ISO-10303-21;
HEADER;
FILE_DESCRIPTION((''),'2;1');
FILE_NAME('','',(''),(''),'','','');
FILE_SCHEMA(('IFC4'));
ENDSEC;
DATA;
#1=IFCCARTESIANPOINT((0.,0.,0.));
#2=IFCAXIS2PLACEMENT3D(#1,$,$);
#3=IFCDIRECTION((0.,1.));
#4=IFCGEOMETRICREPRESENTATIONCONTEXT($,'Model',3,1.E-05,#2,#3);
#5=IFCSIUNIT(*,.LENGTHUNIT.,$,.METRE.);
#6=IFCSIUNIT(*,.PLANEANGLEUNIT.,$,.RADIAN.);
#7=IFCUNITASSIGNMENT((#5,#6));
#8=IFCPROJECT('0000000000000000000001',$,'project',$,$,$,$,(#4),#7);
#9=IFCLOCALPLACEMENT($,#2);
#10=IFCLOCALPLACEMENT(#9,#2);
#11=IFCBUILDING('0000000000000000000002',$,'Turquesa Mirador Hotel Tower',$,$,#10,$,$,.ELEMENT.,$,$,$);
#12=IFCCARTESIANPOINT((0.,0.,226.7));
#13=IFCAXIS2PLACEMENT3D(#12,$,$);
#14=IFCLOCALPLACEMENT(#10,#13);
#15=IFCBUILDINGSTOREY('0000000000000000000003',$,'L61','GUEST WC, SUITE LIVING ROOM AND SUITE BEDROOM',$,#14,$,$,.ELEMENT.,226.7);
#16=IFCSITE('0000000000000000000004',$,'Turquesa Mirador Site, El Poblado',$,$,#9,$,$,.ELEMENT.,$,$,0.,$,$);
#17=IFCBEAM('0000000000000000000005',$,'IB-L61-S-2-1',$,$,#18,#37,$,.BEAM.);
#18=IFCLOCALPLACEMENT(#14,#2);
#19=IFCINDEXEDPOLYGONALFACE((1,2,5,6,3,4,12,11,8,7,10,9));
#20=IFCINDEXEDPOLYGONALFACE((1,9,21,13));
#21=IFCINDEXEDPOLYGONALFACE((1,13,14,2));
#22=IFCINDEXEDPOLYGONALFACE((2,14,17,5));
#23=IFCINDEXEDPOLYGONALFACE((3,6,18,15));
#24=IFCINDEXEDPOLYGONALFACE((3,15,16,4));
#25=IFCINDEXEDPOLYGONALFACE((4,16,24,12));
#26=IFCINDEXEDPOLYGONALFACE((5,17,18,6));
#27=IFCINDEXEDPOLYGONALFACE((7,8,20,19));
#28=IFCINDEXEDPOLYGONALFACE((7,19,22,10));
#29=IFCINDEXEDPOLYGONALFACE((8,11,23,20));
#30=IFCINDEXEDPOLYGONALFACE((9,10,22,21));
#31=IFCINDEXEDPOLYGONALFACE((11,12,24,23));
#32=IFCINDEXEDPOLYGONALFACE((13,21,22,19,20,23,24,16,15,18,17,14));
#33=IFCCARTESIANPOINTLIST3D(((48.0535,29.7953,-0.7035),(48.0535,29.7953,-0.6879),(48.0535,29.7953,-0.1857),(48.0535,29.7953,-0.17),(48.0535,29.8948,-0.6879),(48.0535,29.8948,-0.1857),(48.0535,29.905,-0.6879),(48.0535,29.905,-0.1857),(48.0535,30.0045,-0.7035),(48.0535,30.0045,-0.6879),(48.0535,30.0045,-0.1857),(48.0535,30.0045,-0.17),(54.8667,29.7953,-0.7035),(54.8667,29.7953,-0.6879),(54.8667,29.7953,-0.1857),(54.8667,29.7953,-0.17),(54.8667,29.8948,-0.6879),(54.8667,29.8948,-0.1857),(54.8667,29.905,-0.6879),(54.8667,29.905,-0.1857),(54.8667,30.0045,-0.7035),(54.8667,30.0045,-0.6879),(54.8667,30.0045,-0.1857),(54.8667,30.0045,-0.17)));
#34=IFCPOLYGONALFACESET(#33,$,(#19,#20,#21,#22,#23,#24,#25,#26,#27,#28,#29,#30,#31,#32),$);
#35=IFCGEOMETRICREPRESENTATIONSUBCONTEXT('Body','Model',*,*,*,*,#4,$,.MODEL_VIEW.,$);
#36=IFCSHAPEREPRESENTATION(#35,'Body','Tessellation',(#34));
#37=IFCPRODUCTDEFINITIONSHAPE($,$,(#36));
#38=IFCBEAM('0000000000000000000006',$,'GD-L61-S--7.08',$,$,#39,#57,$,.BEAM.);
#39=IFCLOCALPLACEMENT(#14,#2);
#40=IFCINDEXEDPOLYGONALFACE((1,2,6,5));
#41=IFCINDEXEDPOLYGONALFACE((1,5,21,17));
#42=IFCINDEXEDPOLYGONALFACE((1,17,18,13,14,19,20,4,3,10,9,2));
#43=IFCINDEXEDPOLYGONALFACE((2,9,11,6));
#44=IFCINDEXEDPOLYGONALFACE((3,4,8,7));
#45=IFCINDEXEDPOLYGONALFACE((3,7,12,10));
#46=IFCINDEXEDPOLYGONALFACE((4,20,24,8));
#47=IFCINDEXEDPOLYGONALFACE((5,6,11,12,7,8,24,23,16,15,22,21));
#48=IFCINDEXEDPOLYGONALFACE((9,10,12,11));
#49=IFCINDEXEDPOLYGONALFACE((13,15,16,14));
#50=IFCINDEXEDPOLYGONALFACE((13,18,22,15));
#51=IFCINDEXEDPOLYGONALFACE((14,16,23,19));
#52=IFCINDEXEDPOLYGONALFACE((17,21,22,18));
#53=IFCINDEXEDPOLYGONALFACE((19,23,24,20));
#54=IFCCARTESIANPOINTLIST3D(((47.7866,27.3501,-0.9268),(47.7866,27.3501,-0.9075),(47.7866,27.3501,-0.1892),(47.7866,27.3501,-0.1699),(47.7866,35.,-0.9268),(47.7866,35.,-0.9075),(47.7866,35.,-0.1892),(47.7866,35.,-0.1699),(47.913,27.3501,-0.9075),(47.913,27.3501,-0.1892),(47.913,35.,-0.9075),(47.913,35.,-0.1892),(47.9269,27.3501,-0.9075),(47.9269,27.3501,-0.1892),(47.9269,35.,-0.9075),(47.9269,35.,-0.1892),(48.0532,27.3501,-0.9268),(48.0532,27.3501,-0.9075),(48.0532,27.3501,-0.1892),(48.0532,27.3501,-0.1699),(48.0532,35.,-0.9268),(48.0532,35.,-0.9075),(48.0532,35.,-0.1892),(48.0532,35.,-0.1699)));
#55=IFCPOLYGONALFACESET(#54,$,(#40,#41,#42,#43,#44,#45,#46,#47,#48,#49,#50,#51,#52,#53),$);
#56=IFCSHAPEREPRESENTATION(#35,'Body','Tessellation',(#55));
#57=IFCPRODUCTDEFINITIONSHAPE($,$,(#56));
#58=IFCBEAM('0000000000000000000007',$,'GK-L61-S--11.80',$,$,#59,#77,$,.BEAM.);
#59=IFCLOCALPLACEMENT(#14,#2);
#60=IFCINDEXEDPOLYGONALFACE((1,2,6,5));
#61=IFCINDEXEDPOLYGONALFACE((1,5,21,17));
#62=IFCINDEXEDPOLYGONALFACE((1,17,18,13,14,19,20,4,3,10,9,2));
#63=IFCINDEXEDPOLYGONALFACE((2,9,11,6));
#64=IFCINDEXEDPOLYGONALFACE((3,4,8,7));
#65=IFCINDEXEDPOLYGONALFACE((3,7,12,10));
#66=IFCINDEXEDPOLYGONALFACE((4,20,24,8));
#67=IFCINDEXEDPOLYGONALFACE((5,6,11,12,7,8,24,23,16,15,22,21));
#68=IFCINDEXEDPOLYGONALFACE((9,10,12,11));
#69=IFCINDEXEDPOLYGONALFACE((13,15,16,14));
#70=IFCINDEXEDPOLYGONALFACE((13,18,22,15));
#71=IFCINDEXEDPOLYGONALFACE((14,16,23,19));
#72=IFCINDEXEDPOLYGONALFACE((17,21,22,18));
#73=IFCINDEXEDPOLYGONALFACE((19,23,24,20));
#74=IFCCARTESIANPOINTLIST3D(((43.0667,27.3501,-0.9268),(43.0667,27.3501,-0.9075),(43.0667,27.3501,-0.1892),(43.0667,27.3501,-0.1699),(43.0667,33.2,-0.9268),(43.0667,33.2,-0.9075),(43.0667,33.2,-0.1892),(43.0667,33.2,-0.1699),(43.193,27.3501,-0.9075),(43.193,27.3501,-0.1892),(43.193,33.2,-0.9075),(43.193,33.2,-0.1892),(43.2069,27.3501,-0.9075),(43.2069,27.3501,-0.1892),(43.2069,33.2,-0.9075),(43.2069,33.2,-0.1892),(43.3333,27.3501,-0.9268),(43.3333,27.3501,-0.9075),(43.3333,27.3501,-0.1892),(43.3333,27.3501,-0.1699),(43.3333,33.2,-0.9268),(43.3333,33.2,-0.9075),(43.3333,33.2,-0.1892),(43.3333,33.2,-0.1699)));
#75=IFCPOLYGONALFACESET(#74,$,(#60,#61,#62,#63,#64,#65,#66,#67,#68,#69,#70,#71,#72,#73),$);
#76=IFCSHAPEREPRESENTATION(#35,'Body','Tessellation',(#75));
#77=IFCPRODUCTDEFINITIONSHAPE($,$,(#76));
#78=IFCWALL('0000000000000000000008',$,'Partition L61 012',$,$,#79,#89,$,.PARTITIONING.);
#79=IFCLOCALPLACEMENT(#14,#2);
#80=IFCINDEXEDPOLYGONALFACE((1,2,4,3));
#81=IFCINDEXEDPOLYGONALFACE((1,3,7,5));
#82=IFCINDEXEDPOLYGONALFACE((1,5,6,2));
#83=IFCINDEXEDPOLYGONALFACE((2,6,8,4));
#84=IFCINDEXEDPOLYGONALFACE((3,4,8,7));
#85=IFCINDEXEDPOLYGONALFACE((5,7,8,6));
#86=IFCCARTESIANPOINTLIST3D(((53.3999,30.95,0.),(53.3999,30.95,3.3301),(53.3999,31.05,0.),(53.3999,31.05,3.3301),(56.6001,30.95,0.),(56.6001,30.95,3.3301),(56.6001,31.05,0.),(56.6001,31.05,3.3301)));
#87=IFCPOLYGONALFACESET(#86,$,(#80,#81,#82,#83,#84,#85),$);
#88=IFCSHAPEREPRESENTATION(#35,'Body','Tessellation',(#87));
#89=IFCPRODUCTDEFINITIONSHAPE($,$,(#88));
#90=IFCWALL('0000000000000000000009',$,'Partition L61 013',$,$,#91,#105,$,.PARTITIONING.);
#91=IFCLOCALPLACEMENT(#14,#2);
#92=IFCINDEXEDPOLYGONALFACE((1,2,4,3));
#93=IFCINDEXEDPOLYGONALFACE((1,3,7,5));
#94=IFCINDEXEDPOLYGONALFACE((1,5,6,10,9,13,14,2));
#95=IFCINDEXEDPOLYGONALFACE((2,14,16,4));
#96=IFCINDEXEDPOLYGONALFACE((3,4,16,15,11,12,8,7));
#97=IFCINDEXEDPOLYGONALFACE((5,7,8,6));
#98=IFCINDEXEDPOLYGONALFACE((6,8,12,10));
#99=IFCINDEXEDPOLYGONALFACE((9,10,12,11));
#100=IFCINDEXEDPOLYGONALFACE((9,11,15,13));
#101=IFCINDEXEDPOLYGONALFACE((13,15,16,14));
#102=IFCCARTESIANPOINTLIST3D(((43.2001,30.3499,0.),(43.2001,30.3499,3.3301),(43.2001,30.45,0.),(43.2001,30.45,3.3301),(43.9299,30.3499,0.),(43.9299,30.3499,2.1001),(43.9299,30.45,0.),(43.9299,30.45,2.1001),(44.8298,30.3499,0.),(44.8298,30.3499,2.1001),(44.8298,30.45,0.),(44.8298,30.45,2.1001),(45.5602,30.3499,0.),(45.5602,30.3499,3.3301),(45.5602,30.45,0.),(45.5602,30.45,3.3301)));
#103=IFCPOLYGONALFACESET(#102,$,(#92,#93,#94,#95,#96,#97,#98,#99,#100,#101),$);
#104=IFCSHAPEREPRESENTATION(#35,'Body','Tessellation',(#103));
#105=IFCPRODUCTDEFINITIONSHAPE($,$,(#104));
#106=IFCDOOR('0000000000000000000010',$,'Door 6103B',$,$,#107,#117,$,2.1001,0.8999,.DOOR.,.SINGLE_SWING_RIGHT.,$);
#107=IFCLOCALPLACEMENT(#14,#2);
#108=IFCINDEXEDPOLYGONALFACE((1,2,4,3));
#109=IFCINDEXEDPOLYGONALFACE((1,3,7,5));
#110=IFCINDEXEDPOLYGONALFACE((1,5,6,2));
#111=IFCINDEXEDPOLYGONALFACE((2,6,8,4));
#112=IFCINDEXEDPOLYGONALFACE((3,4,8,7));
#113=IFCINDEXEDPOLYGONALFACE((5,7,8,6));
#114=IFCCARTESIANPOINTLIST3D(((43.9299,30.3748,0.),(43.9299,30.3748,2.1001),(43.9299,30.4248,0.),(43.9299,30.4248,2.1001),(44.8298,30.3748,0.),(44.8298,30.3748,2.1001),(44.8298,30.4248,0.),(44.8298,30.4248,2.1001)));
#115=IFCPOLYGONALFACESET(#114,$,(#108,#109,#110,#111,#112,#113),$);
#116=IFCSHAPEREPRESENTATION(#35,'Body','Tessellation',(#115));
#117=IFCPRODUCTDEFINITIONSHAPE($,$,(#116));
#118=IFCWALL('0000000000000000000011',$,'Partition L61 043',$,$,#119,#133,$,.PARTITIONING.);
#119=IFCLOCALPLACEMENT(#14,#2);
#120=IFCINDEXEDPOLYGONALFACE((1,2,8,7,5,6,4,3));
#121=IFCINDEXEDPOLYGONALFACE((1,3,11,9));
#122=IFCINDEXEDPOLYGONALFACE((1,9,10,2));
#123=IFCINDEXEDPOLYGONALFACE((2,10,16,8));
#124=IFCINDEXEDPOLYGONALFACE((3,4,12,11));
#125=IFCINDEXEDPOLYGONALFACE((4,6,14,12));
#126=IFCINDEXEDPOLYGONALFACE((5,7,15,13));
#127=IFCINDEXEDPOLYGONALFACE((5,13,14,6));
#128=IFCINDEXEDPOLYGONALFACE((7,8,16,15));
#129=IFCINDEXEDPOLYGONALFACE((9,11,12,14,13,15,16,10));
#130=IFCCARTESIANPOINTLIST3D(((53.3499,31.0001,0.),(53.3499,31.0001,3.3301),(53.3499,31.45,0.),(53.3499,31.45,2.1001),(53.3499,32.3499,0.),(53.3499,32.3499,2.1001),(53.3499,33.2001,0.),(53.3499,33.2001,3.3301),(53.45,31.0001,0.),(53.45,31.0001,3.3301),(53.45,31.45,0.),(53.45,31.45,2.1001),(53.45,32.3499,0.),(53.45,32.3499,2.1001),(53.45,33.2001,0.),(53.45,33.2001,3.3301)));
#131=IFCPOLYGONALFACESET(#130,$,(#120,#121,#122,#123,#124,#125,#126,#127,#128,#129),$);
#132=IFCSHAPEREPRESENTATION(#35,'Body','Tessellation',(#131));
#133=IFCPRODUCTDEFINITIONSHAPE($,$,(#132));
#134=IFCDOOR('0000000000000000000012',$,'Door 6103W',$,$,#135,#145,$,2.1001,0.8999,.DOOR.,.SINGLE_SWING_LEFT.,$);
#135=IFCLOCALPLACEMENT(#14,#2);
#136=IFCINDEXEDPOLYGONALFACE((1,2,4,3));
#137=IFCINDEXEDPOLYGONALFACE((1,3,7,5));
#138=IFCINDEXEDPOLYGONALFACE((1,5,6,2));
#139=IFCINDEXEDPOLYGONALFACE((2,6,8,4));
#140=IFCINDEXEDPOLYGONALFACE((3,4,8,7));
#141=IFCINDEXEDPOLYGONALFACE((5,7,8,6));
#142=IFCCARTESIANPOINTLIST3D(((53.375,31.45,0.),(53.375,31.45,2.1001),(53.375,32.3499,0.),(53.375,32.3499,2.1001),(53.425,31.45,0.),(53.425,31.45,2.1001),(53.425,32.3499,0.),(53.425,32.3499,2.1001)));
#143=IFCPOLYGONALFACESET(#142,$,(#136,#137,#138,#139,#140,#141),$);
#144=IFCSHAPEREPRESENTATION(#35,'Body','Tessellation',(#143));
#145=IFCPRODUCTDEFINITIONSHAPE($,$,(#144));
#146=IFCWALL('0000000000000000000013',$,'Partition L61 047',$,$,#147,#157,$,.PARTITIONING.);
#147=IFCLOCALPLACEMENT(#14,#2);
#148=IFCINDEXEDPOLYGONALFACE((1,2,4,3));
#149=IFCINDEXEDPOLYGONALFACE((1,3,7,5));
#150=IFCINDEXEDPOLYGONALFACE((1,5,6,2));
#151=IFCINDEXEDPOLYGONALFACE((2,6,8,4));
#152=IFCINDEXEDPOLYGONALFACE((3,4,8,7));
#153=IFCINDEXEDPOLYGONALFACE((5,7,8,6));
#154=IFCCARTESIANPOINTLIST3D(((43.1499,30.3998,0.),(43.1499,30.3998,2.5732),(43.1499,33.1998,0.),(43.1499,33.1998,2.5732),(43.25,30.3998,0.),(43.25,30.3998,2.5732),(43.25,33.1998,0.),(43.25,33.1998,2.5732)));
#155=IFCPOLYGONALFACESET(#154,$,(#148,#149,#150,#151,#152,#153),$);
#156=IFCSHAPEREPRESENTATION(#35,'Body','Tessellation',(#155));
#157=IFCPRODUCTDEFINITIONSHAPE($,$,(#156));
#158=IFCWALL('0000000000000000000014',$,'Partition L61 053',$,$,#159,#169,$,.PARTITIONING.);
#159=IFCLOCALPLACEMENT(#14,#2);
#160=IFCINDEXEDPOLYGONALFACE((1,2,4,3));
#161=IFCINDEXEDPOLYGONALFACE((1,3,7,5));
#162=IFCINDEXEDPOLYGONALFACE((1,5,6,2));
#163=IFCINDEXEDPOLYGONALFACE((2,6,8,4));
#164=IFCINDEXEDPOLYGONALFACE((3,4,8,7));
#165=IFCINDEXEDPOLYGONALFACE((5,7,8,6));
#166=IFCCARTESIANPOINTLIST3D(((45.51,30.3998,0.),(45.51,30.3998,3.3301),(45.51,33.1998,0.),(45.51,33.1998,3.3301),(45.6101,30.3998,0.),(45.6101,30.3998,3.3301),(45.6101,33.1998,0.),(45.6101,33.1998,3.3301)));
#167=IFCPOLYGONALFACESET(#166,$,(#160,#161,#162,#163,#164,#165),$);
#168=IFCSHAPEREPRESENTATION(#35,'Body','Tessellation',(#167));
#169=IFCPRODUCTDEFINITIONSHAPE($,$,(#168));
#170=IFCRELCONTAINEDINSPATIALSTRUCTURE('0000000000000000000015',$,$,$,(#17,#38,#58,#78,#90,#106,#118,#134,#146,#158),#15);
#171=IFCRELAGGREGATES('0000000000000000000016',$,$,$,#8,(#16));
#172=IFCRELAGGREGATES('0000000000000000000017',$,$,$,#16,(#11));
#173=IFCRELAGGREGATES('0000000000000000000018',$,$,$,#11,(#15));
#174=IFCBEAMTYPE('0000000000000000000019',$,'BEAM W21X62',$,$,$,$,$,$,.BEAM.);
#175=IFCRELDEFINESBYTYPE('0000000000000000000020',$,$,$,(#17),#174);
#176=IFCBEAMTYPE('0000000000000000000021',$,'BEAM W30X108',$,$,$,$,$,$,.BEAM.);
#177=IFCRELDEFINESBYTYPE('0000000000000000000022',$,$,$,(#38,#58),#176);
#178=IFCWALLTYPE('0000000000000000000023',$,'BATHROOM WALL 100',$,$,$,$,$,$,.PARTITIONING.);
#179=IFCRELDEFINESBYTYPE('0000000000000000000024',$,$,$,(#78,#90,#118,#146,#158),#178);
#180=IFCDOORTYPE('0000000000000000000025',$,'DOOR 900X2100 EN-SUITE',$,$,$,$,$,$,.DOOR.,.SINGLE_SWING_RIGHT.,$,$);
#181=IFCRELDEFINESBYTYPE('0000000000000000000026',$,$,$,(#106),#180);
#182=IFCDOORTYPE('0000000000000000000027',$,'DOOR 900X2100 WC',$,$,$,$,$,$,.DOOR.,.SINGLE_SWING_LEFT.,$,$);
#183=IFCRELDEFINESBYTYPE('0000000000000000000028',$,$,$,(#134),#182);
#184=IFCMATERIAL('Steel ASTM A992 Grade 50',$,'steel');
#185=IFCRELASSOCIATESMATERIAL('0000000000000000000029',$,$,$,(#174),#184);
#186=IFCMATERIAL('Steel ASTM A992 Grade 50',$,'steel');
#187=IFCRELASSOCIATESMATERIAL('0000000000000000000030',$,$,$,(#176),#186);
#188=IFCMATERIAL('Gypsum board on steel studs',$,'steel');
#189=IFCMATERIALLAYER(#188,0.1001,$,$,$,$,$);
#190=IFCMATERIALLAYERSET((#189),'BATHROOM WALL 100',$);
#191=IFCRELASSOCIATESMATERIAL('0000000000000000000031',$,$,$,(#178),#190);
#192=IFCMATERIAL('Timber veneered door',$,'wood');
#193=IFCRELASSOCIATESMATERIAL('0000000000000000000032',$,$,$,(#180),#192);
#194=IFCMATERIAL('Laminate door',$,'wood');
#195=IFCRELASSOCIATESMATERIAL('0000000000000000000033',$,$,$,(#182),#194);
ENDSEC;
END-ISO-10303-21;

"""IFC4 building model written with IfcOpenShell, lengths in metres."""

from ifc_helpers import new_model, si_unit, direction, frame, frame_2d, origin, origin_2d, place, context, subcontext, project, spatial, rectangle, i_section, extrude, material, layer, layer_set, material_profile, profile_set, type_object, element, fill, save


model = new_model("IFC4")

# Units and contexts
model_context = context("Model", 3, precision=1e-05, world=origin(), true_north=direction((0.0, 1.0)))
body_context = subcontext(model_context, "Body", "Model", "MODEL_VIEW")
ifc_project = project(units=[si_unit("LENGTHUNIT", "METRE"), si_unit("PLANEANGLEUNIT", "RADIAN")], contexts=[model_context])

# Site, building, storey
site_placement = place(None, origin())
site = spatial("IfcSite", under=ifc_project, at=site_placement, Name="Turquesa Mirador Site, El Poblado", CompositionType="ELEMENT", RefElevation=0.0)
building_placement = place(site_placement, origin())
building = spatial("IfcBuilding", under=site, at=building_placement, Name="Turquesa Mirador Hotel Tower", CompositionType="ELEMENT")
storey_placement = place(building_placement, frame((0.0, 0.0, 226.7)))
storey = spatial("IfcBuildingStorey", under=building, at=storey_placement, Name="L61", Description="GUEST WC, SUITE LIVING ROOM AND SUITE BEDROOM", CompositionType="ELEMENT", Elevation=226.7)

# Beams
ifc_material_1 = material(Name="Steel ASTM A992 Grade 50", Category="steel")
ifc_material_profile_1 = material_profile(ifc_material_1, i_section(OverallWidth=0.2092, OverallDepth=0.5334, WebThickness=0.0103, FlangeThickness=0.0156, at=origin_2d()), Name="W21X62")
ifc_profile_set_1 = profile_set([ifc_material_profile_1], Name="Steel ASTM A992 Grade 50")
beam_type_1 = type_object("IfcBeamType", Name="BEAM W21X62", PredefinedType="BEAM", material=ifc_profile_set_1)
beam_1_placement = place(storey_placement, frame((48.0535, 29.8999, -0.4368), z_axis=(1.0, 0.0, 0.0), x_axis=(0.0, 1.0, 0.0)))
element("IfcBeam", 1, at=beam_1_placement, inside=storey, type_object=beam_type_1, Name="IB-L61-S-2-1", PredefinedType="BEAM", context=body_context, shape_type="SweptSolid", body=[
    extrude(i_section(OverallWidth=0.2092, OverallDepth=0.5334, WebThickness=0.0103, FlangeThickness=0.0156, at=origin_2d()), origin(), (0.0, 0.0, 1.0), 6.8132),
])
ifc_material_2 = material(Name="Steel ASTM A992 Grade 50", Category="steel")
ifc_material_profile_2 = material_profile(ifc_material_2, i_section(OverallWidth=0.2666, OverallDepth=0.7568, WebThickness=0.0139, FlangeThickness=0.0193, at=origin_2d()), Name="W30X108")
ifc_profile_set_2 = profile_set([ifc_material_profile_2], Name="Steel ASTM A992 Grade 50")
beam_type_2 = type_object("IfcBeamType", Name="BEAM W30X108", PredefinedType="BEAM", material=ifc_profile_set_2)
beam_2_placement = place(storey_placement, frame((47.9199, 27.3501, -0.5483), z_axis=(0.0, 1.0, 0.0), x_axis=(-1.0, 0.0, 0.0)))
element("IfcBeam", 2, at=beam_2_placement, inside=storey, type_object=beam_type_2, Name="GD-L61-S--7.08", PredefinedType="BEAM", context=body_context, shape_type="SweptSolid", body=[
    extrude(i_section(OverallWidth=0.2666, OverallDepth=0.7568, WebThickness=0.0139, FlangeThickness=0.0193, at=origin_2d()), origin(), (0.0, 0.0, 1.0), 7.6499),
])
beam_3_placement = place(storey_placement, frame((43.2, 27.3501, -0.5483), z_axis=(0.0, 1.0, 0.0), x_axis=(-1.0, 0.0, 0.0)))
element("IfcBeam", 3, at=beam_3_placement, inside=storey, type_object=beam_type_2, Name="GK-L61-S--11.80", PredefinedType="BEAM", context=body_context, shape_type="SweptSolid", body=[
    extrude(i_section(OverallWidth=0.2666, OverallDepth=0.7568, WebThickness=0.0139, FlangeThickness=0.0193, at=origin_2d()), origin(), (0.0, 0.0, 1.0), 5.8499),
])

# Wall
ifc_material_3 = material(Name="Gypsum board on steel studs", Category="steel")
ifc_layer = layer(ifc_material_3, 0.1001)
ifc_layer_set = layer_set([ifc_layer], Name="BATHROOM WALL 100")
wall_type = type_object("IfcWallType", Name="BATHROOM WALL 100", PredefinedType="PARTITIONING", material=ifc_layer_set)
wall_1_placement = place(storey_placement, frame((53.3999, 31.0, 0.0), z_axis=(0.0, 0.0, 1.0), x_axis=(1.0, 0.0, 0.0)))
element("IfcWall", 4, at=wall_1_placement, inside=storey, type_object=wall_type, Name="Partition L61 012", PredefinedType="PARTITIONING", context=body_context, shape_type="SweptSolid", body=[
    extrude(rectangle(XDim=3.2002, YDim=0.1001, at=frame_2d((1.6001, 0.0))), origin(), (0.0, 0.0, 1.0), 3.3301),
])

# Walls, openings, doors
wall_2_placement = place(storey_placement, frame((43.2, 30.3999, 0.0), z_axis=(0.0, 0.0, 1.0), x_axis=(1.0, 0.0, 0.0)))
wall_2 = element("IfcWall", 5, at=wall_2_placement, inside=storey, type_object=wall_type, Name="Partition L61 013", PredefinedType="PARTITIONING", context=body_context, shape_type="SweptSolid", body=[
    extrude(rectangle(XDim=2.3601, YDim=0.1001, at=frame_2d((1.1802, 0.0))), origin(), (0.0, 0.0, 1.0), 3.3301),
])
opening_1_placement = place(wall_2_placement, frame((0.73, 0.0, 0.0)))
opening_1 = element("IfcOpeningElement", 6, at=opening_1_placement, cuts=wall_2, PredefinedType="OPENING", context=body_context, shape_type="SweptSolid", body=[
    extrude(rectangle(XDim=0.8999, YDim=2.1001, at=frame_2d((0.45, 1.05))), frame((0.0, 0.0601, 0.0), z_axis=(0.0, -1.0, 0.0), x_axis=(1.0, 0.0, 0.0)), (0.0, 0.0, 1.0), 0.1201),
])
ifc_material_4 = material(Name="Timber veneered door", Category="wood")
door_type_1 = type_object("IfcDoorType", Name="DOOR 900X2100 EN-SUITE", OperationType="SINGLE_SWING_RIGHT", PredefinedType="DOOR", material=ifc_material_4)
door_1_placement = place(opening_1_placement, origin())
door_1 = element("IfcDoor", 7, at=door_1_placement, inside=storey, type_object=door_type_1, Name="Door 6103B", OperationType="SINGLE_SWING_RIGHT", OverallHeight=2.1001, OverallWidth=0.8999, PredefinedType="DOOR", context=body_context, shape_type="SweptSolid", body=[
    extrude(rectangle(XDim=0.8999, YDim=2.1001, at=frame_2d((0.45, 1.05))), frame((0.0, 0.0249, 0.0), z_axis=(0.0, -1.0, 0.0), x_axis=(1.0, 0.0, 0.0)), (0.0, 0.0, 1.0), 0.05),
])
fill(opening_1, door_1)
wall_3_placement = place(storey_placement, frame((53.3999, 31.0, 0.0), z_axis=(0.0, 0.0, 1.0), x_axis=(0.0, 1.0, 0.0)))
wall_3 = element("IfcWall", 8, at=wall_3_placement, inside=storey, type_object=wall_type, Name="Partition L61 043", PredefinedType="PARTITIONING", context=body_context, shape_type="SweptSolid", body=[
    extrude(rectangle(XDim=2.2, YDim=0.1001, at=frame_2d((1.1001, 0.0))), origin(), (0.0, 0.0, 1.0), 3.3301),
])
opening_2_placement = place(wall_3_placement, frame((0.45, 0.0, 0.0)))
opening_2 = element("IfcOpeningElement", 9, at=opening_2_placement, cuts=wall_3, PredefinedType="OPENING", context=body_context, shape_type="SweptSolid", body=[
    extrude(rectangle(XDim=0.8999, YDim=2.1001, at=frame_2d((0.45, 1.05))), frame((0.0, 0.0601, 0.0), z_axis=(0.0, -1.0, 0.0), x_axis=(1.0, 0.0, 0.0)), (0.0, 0.0, 1.0), 0.1201),
])
ifc_material_5 = material(Name="Laminate door", Category="wood")
door_type_2 = type_object("IfcDoorType", Name="DOOR 900X2100 WC", OperationType="SINGLE_SWING_LEFT", PredefinedType="DOOR", material=ifc_material_5)
door_2_placement = place(opening_2_placement, origin())
door_2 = element("IfcDoor", 10, at=door_2_placement, inside=storey, type_object=door_type_2, Name="Door 6103W", OperationType="SINGLE_SWING_LEFT", OverallHeight=2.1001, OverallWidth=0.8999, PredefinedType="DOOR", context=body_context, shape_type="SweptSolid", body=[
    extrude(rectangle(XDim=0.8999, YDim=2.1001, at=frame_2d((0.45, 1.05))), frame((0.0, 0.0249, 0.0), z_axis=(0.0, -1.0, 0.0), x_axis=(1.0, 0.0, 0.0)), (0.0, 0.0, 1.0), 0.05),
])
fill(opening_2, door_2)

# Walls
wall_4_placement = place(storey_placement, frame((43.2, 30.3999, 0.0), z_axis=(0.0, 0.0, 1.0), x_axis=(0.0, 1.0, 0.0)))
element("IfcWall", 11, at=wall_4_placement, inside=storey, type_object=wall_type, Name="Partition L61 047", PredefinedType="PARTITIONING", context=body_context, shape_type="SweptSolid", body=[
    extrude(rectangle(XDim=2.8, YDim=0.1001, at=frame_2d((1.3999, 0.0))), origin(), (0.0, 0.0, 1.0), 2.5732),
])
wall_5_placement = place(storey_placement, frame((45.5601, 30.3999, 0.0), z_axis=(0.0, 0.0, 1.0), x_axis=(0.0, 1.0, 0.0)))
element("IfcWall", 12, at=wall_5_placement, inside=storey, type_object=wall_type, Name="Partition L61 053", PredefinedType="PARTITIONING", context=body_context, shape_type="SweptSolid", body=[
    extrude(rectangle(XDim=2.8, YDim=0.1001, at=frame_2d((1.3999, 0.0))), origin(), (0.0, 0.0, 1.0), 3.3301),
])

save(model, "model.ifc")
